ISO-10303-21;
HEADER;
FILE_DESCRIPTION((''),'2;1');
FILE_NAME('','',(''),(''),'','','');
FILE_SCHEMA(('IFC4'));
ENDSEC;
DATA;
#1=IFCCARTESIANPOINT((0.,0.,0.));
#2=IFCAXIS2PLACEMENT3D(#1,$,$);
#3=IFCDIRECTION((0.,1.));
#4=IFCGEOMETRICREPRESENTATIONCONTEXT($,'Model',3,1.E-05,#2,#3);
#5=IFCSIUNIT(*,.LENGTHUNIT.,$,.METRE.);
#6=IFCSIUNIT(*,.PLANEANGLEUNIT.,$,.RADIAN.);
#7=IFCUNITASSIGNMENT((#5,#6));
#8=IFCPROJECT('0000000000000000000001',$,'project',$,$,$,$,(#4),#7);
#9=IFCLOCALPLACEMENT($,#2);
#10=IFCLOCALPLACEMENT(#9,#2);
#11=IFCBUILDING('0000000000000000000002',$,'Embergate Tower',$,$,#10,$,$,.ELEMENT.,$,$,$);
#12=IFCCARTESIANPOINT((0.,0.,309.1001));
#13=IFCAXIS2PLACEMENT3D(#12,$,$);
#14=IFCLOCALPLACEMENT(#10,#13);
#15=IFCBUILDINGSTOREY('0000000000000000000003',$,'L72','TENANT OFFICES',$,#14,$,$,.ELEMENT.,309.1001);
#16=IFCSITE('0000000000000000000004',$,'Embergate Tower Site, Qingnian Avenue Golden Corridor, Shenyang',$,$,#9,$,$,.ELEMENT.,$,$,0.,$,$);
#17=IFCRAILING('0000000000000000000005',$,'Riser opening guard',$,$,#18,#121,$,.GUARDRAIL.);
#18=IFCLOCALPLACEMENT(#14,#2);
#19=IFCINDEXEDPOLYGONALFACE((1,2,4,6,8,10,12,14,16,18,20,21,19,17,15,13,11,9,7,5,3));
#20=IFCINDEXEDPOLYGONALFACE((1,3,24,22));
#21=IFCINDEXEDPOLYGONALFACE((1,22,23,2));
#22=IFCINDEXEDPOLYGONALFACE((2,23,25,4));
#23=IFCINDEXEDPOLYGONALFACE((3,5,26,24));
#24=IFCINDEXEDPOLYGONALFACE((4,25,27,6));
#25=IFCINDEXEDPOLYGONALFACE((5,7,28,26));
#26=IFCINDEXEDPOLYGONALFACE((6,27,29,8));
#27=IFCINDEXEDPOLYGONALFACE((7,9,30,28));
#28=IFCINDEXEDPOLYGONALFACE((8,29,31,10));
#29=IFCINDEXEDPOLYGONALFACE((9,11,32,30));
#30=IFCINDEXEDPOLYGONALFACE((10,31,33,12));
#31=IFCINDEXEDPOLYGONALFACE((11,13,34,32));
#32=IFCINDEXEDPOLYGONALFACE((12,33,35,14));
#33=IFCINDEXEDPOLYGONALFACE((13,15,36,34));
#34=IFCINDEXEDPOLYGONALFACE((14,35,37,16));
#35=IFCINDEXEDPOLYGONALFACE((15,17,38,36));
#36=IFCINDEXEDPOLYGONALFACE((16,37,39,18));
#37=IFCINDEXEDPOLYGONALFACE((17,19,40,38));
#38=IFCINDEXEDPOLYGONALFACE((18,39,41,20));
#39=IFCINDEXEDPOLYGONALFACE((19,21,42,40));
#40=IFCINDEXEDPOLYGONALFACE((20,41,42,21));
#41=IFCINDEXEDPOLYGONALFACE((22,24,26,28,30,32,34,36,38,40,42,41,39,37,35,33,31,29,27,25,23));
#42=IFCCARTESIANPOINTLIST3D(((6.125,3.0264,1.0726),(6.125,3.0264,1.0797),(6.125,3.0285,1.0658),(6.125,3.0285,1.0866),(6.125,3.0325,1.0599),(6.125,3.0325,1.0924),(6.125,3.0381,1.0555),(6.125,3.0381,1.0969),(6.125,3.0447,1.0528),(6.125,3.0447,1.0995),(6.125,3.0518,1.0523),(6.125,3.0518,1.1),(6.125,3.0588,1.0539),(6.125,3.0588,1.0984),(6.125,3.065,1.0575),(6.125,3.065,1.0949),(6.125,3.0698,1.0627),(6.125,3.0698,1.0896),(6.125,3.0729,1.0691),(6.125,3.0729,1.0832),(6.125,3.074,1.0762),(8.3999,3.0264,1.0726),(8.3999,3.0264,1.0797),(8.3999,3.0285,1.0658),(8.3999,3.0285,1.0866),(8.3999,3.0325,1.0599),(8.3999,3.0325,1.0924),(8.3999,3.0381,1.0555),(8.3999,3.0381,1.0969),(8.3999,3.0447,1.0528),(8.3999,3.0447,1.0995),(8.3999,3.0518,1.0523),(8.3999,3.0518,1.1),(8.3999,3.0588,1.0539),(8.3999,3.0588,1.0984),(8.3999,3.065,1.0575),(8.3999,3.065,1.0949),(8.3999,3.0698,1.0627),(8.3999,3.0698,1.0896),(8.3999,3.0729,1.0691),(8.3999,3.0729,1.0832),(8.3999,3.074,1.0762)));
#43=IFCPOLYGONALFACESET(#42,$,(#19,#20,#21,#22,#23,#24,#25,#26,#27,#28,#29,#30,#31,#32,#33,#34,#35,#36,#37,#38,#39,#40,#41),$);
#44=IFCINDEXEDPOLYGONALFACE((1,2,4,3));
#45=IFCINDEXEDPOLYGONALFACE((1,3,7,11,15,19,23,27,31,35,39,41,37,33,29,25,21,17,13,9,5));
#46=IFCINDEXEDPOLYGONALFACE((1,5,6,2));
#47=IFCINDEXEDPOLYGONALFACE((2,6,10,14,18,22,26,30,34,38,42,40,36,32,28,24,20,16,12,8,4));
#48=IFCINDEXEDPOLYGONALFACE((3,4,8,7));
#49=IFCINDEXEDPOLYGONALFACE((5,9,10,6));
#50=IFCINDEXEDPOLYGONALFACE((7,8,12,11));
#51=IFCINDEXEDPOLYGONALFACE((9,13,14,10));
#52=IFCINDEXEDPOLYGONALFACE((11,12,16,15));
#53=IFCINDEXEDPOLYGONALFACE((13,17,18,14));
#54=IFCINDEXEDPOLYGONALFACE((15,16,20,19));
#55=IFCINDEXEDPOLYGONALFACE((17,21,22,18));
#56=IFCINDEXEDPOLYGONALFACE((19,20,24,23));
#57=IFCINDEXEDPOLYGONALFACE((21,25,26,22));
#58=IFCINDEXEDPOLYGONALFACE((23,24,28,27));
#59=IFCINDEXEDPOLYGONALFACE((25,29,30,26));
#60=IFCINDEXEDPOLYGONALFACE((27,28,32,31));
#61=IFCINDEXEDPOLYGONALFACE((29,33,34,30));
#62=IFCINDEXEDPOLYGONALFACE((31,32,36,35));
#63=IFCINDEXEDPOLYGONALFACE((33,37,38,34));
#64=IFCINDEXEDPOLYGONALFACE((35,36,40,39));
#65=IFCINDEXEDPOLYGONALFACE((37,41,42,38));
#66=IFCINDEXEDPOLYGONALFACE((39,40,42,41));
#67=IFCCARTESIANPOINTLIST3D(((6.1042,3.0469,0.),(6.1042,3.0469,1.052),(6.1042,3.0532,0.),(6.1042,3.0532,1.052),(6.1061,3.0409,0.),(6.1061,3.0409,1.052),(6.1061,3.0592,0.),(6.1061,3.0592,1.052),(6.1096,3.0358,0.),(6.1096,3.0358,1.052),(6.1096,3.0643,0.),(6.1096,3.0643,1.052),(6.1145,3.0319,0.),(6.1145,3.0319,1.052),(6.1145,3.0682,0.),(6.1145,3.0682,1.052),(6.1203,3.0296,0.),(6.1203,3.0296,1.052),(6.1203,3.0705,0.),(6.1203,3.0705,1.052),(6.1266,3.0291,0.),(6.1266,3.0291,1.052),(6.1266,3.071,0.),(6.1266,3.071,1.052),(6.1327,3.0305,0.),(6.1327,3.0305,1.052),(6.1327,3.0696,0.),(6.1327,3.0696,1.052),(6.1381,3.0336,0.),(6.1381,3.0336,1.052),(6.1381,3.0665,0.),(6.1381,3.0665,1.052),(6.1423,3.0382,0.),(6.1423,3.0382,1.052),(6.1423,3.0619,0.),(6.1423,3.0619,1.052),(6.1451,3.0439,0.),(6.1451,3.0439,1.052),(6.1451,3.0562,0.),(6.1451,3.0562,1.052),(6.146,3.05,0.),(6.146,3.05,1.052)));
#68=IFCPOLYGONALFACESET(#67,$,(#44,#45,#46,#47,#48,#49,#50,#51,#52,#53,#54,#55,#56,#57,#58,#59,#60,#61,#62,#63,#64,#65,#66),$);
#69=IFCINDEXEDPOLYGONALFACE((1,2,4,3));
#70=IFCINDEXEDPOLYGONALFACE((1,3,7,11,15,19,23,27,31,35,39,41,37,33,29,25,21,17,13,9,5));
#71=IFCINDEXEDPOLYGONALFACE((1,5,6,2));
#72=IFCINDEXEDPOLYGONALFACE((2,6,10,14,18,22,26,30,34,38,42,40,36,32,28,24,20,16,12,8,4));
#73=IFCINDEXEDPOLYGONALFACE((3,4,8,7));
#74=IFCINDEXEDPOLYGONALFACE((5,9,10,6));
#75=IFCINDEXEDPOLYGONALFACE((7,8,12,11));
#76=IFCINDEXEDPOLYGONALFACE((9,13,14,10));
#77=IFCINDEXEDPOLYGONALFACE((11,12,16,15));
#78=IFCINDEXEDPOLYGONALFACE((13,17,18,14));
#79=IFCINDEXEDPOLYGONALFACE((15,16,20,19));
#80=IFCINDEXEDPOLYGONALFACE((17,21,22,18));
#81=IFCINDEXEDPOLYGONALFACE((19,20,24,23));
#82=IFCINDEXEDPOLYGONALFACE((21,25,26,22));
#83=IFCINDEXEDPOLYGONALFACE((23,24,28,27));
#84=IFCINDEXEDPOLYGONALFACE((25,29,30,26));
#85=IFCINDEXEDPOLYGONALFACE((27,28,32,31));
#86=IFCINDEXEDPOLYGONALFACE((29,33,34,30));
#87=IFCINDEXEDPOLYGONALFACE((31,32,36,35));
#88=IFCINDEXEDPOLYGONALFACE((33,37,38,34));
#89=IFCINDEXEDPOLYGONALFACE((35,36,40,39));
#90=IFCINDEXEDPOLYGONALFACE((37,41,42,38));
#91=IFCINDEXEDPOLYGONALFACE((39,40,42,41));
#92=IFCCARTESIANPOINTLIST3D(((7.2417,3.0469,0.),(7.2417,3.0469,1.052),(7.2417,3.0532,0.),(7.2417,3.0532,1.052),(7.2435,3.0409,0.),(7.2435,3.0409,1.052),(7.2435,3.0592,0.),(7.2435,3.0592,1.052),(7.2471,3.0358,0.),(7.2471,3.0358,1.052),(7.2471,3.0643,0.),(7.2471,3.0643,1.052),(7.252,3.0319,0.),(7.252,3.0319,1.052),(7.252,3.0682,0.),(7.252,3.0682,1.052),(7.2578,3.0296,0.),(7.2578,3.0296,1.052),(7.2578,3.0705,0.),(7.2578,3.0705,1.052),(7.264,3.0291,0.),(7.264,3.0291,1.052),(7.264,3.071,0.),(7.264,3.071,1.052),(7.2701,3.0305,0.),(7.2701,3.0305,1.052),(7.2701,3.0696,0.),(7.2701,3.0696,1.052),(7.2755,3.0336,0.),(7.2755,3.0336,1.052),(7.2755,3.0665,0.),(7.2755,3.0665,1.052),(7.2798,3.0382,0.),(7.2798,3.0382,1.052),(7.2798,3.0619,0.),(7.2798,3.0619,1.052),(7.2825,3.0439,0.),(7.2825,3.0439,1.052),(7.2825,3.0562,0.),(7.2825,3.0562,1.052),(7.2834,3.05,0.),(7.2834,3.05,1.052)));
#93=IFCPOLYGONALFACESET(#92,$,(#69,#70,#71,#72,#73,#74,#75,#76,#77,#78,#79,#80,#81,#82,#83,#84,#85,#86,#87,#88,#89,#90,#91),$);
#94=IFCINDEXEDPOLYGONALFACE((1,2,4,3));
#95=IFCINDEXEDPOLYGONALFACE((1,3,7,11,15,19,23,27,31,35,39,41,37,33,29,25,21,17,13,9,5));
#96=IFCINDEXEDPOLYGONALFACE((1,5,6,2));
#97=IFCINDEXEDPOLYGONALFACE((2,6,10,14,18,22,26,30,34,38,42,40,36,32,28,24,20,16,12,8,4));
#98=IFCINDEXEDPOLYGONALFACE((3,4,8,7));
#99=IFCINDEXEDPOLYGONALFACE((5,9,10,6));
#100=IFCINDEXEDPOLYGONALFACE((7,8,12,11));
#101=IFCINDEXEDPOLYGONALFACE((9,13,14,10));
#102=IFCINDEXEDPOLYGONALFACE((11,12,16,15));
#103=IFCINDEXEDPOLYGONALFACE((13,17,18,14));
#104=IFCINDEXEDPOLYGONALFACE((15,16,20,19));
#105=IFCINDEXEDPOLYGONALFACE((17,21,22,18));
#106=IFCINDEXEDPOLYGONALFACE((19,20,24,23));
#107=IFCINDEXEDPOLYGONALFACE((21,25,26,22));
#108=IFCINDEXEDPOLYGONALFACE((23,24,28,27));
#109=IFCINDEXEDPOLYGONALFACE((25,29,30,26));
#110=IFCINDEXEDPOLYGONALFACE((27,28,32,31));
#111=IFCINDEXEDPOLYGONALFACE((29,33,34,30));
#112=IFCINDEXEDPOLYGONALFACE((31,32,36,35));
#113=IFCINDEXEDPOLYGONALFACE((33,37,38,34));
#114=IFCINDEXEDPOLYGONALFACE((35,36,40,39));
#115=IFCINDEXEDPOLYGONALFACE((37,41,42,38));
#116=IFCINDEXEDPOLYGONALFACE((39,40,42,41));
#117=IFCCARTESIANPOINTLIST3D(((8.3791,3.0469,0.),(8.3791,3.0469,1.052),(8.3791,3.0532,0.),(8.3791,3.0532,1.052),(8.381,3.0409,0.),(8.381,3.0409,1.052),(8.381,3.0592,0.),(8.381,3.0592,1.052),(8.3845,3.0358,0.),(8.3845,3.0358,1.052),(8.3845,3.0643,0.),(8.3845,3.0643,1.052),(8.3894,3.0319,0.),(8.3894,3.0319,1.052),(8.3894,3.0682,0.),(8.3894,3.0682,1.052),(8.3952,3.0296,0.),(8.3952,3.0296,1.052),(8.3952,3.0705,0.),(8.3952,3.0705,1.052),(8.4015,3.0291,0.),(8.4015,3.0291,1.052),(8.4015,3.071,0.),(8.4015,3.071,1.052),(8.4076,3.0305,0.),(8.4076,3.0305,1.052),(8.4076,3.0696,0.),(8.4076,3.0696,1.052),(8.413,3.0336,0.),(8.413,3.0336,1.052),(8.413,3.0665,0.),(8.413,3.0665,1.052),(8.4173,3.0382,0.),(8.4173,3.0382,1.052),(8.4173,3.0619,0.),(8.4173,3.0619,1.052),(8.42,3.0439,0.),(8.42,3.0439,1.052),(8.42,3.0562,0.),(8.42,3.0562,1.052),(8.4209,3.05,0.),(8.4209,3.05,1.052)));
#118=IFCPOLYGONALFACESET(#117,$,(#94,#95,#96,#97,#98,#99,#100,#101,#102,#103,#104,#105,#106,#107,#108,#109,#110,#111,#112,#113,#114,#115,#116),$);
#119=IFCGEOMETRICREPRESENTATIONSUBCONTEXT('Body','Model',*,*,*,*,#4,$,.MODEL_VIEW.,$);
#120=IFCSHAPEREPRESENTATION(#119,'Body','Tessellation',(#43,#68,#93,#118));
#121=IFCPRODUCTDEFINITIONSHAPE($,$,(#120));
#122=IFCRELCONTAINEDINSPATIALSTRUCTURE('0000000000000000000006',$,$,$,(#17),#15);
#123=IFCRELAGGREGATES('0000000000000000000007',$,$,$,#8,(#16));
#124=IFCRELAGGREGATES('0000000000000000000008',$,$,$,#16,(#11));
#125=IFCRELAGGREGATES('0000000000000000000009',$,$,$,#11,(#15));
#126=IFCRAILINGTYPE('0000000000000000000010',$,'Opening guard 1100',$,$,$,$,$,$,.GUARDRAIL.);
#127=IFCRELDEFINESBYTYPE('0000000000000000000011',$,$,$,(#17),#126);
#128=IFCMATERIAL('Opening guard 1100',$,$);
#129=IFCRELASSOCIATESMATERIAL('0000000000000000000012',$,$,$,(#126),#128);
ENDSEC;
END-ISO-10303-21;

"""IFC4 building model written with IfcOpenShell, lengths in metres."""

from ifc_helpers import new_model, si_unit, direction, frame, origin, origin_2d, place, context, subcontext, project, spatial, circle, extrude, source, transform, mapped, material, type_object, element, save


model = new_model("IFC4")

# Units and contexts
model_context = context("Model", 3, precision=1e-05, world=origin(), true_north=direction((0.0, 1.0)))
body_context = subcontext(model_context, "Body", "Model", "MODEL_VIEW")
ifc_project = project(units=[si_unit("LENGTHUNIT", "METRE"), si_unit("PLANEANGLEUNIT", "RADIAN")], contexts=[model_context])

# Site, building, storey
site_placement = place(None, origin())
site = spatial("IfcSite", under=ifc_project, at=site_placement, Name="Embergate Tower Site, Qingnian Avenue Golden Corridor, Shenyang", CompositionType="ELEMENT", RefElevation=0.0)
building_placement = place(site_placement, origin())
building = spatial("IfcBuilding", under=site, at=building_placement, Name="Embergate Tower", CompositionType="ELEMENT")
storey_placement = place(building_placement, frame((0.0, 0.0, 309.1001)))
storey = spatial("IfcBuildingStorey", under=building, at=storey_placement, Name="L72", Description="TENANT OFFICES", CompositionType="ELEMENT", Elevation=309.1001)

# Railing
ifc_material_1 = material(Name="Opening guard 1100")
railing_type = type_object("IfcRailingType", Name="Opening guard 1100", PredefinedType="GUARDRAIL", material=ifc_material_1)
shared_shape_1 = source(origin(), body_context, "Body", "SweptSolid", [
    extrude(circle(Radius=0.0239, at=origin_2d()), frame((0.0, 0.0, 1.0762), z_axis=(1.0, 0.0, 0.0), x_axis=(0.0, 1.0, 0.0)), (0.0, 0.0, 1.0), 2.2749),
    extrude(circle(Radius=0.021, at=origin_2d()), origin(), (0.0, 0.0, 1.0), 1.052),
    extrude(circle(Radius=0.021, at=origin_2d()), frame((1.1375, 0.0, 0.0)), (0.0, 0.0, 1.0), 1.052),
    extrude(circle(Radius=0.021, at=origin_2d()), frame((2.2749, 0.0, 0.0)), (0.0, 0.0, 1.0), 1.052),
])
railing_placement = place(storey_placement, frame((6.125, 3.05, 0.0)))
element("IfcRailing", 1, at=railing_placement, inside=storey, type_object=railing_type, Name="Riser opening guard", PredefinedType="GUARDRAIL", context=body_context, shape_type="MappedRepresentation", body=[
    mapped(shared_shape_1, transform((0.0, 0.0, 0.0))),
])

save(model, "model.ifc")
